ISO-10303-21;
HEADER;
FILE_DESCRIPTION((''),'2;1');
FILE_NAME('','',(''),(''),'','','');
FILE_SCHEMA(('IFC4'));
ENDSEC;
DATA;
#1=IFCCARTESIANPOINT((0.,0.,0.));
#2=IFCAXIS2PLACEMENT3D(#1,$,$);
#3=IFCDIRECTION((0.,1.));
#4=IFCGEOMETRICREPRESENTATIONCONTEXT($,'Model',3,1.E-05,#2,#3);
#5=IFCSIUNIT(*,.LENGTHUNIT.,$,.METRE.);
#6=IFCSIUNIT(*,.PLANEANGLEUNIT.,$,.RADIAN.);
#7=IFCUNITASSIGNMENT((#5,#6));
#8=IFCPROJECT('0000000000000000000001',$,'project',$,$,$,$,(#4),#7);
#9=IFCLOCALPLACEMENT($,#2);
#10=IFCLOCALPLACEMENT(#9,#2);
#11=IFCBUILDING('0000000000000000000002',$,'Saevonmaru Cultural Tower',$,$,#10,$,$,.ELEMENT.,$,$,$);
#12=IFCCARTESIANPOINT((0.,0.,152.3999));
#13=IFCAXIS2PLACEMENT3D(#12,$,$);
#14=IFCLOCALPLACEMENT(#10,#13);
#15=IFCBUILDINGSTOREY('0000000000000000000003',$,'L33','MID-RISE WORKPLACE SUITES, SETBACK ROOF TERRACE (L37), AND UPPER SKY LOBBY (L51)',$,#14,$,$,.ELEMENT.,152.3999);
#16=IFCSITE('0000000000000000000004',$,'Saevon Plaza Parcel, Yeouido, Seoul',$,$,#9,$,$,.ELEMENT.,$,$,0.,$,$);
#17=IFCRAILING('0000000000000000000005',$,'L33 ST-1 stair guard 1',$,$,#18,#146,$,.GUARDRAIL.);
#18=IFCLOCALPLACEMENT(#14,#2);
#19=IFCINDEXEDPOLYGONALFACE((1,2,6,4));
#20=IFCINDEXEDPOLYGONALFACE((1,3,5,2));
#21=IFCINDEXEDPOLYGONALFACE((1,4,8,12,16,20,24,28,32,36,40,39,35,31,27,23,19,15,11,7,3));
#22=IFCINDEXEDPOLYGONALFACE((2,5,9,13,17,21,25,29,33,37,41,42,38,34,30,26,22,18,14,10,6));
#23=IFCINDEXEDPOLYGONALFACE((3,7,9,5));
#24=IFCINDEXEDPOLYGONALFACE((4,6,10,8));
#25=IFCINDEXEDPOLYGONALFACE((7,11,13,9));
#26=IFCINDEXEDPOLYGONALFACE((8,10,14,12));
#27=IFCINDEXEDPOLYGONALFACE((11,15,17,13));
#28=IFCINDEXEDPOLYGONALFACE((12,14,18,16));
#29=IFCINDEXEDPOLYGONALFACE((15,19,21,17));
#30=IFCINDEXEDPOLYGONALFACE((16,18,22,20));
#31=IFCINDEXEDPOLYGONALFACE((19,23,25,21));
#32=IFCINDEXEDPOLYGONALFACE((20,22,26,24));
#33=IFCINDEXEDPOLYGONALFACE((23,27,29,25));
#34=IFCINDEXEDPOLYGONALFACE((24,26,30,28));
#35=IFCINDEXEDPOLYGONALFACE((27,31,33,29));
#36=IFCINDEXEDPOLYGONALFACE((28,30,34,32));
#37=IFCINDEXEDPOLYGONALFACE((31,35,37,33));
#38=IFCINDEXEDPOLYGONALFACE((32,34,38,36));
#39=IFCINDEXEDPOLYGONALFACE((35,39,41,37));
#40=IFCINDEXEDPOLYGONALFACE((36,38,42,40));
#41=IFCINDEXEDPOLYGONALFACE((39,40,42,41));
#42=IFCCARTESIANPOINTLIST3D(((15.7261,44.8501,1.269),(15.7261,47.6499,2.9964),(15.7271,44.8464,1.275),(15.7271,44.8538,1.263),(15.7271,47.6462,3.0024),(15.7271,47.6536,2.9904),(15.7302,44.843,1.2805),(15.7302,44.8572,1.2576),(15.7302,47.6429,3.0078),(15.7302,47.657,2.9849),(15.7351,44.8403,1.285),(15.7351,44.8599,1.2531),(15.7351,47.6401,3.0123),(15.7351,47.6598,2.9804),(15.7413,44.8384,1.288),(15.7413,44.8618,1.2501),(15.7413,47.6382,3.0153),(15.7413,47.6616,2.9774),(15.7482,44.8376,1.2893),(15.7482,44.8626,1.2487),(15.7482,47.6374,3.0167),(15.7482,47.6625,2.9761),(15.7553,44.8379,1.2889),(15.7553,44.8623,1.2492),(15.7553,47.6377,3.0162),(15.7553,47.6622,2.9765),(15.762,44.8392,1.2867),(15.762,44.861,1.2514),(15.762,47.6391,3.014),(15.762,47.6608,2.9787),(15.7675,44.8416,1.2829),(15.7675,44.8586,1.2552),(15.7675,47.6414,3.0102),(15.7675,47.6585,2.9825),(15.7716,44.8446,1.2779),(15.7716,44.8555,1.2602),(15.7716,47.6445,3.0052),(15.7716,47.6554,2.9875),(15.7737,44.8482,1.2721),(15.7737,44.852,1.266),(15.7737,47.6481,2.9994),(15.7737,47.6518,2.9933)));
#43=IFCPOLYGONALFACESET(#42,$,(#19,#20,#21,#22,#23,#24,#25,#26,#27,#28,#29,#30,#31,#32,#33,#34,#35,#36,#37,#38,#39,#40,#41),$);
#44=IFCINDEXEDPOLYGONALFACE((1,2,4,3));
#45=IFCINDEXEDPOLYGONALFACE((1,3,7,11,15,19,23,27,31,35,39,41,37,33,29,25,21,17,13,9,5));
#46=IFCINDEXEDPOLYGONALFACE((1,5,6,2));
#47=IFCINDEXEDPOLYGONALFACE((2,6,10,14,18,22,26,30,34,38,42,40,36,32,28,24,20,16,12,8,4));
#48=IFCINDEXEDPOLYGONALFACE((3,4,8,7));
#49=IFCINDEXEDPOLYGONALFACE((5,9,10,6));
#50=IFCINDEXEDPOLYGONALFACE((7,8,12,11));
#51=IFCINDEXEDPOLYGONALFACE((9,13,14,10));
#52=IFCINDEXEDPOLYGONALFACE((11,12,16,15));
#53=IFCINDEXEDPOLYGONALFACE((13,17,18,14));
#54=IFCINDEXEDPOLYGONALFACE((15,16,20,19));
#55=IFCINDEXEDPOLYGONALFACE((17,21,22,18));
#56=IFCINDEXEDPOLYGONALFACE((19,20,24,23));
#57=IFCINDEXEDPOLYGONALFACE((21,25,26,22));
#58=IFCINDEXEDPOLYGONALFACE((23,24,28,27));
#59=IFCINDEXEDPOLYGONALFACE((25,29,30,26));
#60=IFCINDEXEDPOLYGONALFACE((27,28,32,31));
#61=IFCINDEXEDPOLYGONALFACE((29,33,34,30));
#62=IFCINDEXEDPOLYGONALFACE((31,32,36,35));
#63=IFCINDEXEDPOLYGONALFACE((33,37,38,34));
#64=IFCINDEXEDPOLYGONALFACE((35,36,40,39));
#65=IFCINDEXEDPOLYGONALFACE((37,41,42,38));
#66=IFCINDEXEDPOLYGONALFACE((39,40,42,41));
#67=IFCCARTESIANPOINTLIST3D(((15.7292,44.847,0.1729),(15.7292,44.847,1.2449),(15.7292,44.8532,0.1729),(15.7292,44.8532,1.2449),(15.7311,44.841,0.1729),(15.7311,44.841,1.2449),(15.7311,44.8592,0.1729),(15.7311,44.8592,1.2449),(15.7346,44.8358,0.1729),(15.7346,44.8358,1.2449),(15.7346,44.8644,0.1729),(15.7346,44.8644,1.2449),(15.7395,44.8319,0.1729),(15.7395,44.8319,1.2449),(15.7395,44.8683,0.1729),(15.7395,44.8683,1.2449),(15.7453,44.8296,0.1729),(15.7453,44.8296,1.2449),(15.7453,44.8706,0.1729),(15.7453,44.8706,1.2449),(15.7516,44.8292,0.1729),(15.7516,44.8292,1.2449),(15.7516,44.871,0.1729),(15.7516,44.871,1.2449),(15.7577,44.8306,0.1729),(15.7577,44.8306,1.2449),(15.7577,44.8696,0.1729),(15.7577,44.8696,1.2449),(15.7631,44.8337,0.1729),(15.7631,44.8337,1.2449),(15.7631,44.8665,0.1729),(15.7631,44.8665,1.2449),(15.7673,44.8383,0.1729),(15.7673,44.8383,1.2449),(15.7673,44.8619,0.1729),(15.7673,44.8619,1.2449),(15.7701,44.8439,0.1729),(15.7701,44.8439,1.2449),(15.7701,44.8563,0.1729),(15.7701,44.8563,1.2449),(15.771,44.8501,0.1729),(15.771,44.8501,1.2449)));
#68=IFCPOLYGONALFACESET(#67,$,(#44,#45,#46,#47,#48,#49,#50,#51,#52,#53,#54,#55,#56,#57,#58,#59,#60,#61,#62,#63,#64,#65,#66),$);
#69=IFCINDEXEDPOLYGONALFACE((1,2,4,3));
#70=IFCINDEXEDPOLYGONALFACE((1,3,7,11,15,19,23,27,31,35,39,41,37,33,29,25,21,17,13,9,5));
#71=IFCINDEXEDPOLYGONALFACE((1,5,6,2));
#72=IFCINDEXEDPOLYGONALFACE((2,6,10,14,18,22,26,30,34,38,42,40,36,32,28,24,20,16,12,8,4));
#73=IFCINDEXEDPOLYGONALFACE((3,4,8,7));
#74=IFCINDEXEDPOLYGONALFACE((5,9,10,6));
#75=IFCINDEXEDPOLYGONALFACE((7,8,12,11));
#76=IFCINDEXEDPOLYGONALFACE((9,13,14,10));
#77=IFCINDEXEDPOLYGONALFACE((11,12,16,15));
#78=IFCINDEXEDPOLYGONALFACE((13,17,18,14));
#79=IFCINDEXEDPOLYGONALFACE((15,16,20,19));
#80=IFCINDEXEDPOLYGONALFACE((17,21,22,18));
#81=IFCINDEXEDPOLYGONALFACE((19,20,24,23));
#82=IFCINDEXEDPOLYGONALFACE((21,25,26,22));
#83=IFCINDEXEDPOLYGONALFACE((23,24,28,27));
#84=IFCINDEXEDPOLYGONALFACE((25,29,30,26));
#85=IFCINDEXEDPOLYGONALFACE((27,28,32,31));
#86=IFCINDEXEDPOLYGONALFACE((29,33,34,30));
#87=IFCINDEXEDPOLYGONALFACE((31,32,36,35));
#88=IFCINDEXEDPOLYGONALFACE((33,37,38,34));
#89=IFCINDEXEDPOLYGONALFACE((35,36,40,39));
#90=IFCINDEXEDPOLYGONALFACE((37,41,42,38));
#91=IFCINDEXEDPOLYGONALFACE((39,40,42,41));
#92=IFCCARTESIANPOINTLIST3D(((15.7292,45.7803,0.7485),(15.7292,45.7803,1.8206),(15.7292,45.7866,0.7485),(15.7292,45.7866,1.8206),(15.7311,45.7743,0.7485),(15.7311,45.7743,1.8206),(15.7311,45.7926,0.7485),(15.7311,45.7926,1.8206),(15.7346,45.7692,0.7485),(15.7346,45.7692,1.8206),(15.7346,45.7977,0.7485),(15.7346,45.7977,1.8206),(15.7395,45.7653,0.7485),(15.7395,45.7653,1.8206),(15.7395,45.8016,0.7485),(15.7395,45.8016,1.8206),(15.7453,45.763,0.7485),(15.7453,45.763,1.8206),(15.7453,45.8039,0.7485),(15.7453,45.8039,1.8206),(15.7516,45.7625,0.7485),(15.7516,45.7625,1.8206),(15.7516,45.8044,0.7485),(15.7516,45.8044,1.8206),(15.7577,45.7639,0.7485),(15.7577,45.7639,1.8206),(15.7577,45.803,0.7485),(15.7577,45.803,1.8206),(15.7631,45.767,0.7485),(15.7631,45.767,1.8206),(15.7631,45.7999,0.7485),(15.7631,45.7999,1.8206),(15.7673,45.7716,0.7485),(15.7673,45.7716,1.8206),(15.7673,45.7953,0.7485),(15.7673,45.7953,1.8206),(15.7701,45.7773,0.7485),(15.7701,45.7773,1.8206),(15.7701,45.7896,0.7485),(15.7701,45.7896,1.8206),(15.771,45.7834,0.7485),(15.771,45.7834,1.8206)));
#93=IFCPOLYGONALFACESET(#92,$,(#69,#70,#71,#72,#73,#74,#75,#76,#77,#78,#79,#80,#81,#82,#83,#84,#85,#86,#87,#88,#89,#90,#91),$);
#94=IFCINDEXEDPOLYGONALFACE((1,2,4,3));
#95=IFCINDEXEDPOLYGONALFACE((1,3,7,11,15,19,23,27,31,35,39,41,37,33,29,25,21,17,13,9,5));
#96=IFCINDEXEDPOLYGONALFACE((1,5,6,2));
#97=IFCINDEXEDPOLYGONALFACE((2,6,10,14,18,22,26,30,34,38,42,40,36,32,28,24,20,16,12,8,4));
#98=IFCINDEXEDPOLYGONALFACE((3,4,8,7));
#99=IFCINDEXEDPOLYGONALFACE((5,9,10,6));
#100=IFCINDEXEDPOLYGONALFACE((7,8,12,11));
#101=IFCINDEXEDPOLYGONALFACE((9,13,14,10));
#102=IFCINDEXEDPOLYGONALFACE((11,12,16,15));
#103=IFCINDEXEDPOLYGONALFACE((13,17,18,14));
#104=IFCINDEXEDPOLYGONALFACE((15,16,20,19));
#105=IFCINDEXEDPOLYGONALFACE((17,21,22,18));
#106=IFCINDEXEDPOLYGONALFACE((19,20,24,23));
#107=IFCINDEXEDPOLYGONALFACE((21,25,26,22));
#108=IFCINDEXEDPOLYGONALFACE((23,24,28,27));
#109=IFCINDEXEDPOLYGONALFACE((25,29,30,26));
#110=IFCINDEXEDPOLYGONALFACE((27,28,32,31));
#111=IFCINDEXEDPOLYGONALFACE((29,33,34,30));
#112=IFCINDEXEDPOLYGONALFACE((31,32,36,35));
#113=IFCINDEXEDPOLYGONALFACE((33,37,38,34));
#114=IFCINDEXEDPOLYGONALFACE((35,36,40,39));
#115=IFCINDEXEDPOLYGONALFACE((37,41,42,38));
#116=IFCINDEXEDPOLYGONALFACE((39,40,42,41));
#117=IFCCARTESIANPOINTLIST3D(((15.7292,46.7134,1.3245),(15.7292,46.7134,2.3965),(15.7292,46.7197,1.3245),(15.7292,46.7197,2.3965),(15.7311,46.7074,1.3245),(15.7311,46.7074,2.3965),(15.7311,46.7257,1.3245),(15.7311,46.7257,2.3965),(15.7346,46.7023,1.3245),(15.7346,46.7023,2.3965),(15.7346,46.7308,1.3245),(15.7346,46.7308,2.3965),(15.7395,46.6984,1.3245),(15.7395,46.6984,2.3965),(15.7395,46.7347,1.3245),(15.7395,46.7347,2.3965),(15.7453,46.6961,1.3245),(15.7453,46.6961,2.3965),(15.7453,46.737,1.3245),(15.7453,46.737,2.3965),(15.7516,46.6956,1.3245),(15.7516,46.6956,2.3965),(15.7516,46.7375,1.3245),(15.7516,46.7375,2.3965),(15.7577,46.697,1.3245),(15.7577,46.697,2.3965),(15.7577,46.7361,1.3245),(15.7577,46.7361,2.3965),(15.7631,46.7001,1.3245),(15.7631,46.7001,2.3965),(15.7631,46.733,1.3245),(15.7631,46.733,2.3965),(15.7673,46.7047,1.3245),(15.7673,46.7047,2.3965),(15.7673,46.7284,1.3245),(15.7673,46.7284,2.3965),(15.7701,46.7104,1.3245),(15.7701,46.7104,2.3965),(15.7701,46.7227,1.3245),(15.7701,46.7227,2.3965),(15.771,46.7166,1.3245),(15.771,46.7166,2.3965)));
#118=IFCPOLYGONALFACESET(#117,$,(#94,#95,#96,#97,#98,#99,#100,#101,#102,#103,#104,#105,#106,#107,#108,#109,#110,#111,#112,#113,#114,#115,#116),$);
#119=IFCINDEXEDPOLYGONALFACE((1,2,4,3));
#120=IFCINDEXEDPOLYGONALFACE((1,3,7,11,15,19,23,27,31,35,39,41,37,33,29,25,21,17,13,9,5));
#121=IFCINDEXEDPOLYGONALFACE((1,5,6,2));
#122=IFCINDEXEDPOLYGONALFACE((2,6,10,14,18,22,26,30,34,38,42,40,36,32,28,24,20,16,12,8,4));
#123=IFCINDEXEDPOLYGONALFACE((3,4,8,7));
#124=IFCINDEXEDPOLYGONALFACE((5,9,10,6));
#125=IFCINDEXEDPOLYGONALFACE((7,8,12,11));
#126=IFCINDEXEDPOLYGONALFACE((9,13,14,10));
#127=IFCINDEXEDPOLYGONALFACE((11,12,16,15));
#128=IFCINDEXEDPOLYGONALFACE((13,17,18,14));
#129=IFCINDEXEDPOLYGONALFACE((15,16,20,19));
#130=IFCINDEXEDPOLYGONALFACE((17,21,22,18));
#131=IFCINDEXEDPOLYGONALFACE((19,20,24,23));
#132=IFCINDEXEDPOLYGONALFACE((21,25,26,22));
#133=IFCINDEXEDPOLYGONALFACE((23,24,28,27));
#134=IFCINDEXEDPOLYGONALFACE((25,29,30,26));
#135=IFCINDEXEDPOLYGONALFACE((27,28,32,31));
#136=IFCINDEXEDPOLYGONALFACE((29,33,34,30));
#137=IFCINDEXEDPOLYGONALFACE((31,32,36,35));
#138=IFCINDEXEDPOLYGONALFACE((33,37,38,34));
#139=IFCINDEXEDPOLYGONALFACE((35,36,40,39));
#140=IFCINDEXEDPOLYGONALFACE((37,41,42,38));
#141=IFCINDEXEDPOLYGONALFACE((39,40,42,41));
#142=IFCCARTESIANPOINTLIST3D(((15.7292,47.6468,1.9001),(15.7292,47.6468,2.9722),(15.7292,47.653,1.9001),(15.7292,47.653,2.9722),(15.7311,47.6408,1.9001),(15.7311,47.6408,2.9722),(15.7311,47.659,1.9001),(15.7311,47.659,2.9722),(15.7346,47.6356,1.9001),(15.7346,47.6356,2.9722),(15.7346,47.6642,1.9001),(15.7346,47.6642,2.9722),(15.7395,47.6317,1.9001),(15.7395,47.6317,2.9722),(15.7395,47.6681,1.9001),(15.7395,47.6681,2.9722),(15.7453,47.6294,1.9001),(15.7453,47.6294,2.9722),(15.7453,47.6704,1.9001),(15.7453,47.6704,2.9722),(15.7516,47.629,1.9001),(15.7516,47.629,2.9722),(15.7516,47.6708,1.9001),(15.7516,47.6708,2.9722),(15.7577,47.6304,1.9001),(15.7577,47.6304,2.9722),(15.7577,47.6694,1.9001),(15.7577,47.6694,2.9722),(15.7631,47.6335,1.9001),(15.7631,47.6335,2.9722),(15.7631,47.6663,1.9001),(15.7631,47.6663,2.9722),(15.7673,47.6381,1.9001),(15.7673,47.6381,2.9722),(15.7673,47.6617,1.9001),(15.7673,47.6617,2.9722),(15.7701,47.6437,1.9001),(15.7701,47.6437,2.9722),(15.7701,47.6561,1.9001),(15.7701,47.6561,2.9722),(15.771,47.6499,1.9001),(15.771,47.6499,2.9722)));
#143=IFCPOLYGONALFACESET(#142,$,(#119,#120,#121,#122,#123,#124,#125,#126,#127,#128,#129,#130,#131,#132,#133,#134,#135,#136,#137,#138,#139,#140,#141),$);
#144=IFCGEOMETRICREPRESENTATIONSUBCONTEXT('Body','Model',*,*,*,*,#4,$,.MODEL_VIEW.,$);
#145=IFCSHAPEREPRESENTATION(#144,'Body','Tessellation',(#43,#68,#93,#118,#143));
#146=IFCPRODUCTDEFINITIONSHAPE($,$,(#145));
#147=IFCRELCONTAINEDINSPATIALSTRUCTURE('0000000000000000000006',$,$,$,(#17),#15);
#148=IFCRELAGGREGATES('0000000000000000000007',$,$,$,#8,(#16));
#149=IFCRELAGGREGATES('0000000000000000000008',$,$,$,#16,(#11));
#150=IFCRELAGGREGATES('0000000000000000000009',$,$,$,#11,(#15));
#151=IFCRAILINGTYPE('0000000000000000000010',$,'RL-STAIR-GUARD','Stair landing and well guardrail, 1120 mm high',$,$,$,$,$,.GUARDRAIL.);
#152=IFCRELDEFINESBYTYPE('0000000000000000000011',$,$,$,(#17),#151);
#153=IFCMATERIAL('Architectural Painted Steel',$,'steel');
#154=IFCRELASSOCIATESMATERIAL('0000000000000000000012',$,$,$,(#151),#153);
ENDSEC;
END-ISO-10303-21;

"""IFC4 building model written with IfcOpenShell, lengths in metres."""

from ifc_helpers import new_model, si_unit, direction, frame, origin, origin_2d, place, context, subcontext, project, spatial, circle, extrude, material, type_object, element, save


model = new_model("IFC4")

# Units and contexts
model_context = context("Model", 3, precision=1e-05, world=origin(), true_north=direction((0.0, 1.0)))
body_context = subcontext(model_context, "Body", "Model", "MODEL_VIEW")
ifc_project = project(units=[si_unit("LENGTHUNIT", "METRE"), si_unit("PLANEANGLEUNIT", "RADIAN")], contexts=[model_context])

# Site, building, storey
site_placement = place(None, origin())
site = spatial("IfcSite", under=ifc_project, at=site_placement, Name="Saevon Plaza Parcel, Yeouido, Seoul", CompositionType="ELEMENT", RefElevation=0.0)
building_placement = place(site_placement, origin())
building = spatial("IfcBuilding", under=site, at=building_placement, Name="Saevonmaru Cultural Tower", CompositionType="ELEMENT")
storey_placement = place(building_placement, frame((0.0, 0.0, 152.3999)))
storey = spatial("IfcBuildingStorey", under=building, at=storey_placement, Name="L33", Description="MID-RISE WORKPLACE SUITES, SETBACK ROOF TERRACE (L37), AND UPPER SKY LOBBY (L51)", CompositionType="ELEMENT", Elevation=152.3999)

# Railing
ifc_material_1 = material(Name="Architectural Painted Steel", Category="steel")
railing_type_1 = type_object("IfcRailingType", Name="RL-STAIR-GUARD", Description="Stair landing and well guardrail, 1120 mm high", PredefinedType="GUARDRAIL", material=ifc_material_1)
railing_1_placement = place(storey_placement, frame((15.75, 44.8501, 0.1729)))
element("IfcRailing", 1, at=railing_1_placement, inside=storey, type_object=railing_type_1, Name="L33 ST-1 stair guard 1", PredefinedType="GUARDRAIL", context=body_context, shape_type="SweptSolid", body=[
    extrude(circle(Radius=0.0239, at=origin_2d()), frame((0.0, 0.0, 1.0962), z_axis=(0.0, 0.851069, 0.525054), x_axis=(-1.0, 0.0, 0.0)), (0.0, 0.0, 1.0), 3.2898),
    extrude(circle(Radius=0.021, at=origin_2d()), origin(), (0.0, 0.0, 1.0), 1.072),
    extrude(circle(Radius=0.021, at=origin_2d()), frame((0.0, 0.9333, 0.5757)), (0.0, 0.0, 1.0), 1.072),
    extrude(circle(Radius=0.021, at=origin_2d()), frame((0.0, 1.8665, 1.1516)), (0.0, 0.0, 1.0), 1.072),
    extrude(circle(Radius=0.021, at=origin_2d()), frame((0.0, 2.7998, 1.7273)), (0.0, 0.0, 1.0), 1.072),
])

save(model, "model.ifc")
